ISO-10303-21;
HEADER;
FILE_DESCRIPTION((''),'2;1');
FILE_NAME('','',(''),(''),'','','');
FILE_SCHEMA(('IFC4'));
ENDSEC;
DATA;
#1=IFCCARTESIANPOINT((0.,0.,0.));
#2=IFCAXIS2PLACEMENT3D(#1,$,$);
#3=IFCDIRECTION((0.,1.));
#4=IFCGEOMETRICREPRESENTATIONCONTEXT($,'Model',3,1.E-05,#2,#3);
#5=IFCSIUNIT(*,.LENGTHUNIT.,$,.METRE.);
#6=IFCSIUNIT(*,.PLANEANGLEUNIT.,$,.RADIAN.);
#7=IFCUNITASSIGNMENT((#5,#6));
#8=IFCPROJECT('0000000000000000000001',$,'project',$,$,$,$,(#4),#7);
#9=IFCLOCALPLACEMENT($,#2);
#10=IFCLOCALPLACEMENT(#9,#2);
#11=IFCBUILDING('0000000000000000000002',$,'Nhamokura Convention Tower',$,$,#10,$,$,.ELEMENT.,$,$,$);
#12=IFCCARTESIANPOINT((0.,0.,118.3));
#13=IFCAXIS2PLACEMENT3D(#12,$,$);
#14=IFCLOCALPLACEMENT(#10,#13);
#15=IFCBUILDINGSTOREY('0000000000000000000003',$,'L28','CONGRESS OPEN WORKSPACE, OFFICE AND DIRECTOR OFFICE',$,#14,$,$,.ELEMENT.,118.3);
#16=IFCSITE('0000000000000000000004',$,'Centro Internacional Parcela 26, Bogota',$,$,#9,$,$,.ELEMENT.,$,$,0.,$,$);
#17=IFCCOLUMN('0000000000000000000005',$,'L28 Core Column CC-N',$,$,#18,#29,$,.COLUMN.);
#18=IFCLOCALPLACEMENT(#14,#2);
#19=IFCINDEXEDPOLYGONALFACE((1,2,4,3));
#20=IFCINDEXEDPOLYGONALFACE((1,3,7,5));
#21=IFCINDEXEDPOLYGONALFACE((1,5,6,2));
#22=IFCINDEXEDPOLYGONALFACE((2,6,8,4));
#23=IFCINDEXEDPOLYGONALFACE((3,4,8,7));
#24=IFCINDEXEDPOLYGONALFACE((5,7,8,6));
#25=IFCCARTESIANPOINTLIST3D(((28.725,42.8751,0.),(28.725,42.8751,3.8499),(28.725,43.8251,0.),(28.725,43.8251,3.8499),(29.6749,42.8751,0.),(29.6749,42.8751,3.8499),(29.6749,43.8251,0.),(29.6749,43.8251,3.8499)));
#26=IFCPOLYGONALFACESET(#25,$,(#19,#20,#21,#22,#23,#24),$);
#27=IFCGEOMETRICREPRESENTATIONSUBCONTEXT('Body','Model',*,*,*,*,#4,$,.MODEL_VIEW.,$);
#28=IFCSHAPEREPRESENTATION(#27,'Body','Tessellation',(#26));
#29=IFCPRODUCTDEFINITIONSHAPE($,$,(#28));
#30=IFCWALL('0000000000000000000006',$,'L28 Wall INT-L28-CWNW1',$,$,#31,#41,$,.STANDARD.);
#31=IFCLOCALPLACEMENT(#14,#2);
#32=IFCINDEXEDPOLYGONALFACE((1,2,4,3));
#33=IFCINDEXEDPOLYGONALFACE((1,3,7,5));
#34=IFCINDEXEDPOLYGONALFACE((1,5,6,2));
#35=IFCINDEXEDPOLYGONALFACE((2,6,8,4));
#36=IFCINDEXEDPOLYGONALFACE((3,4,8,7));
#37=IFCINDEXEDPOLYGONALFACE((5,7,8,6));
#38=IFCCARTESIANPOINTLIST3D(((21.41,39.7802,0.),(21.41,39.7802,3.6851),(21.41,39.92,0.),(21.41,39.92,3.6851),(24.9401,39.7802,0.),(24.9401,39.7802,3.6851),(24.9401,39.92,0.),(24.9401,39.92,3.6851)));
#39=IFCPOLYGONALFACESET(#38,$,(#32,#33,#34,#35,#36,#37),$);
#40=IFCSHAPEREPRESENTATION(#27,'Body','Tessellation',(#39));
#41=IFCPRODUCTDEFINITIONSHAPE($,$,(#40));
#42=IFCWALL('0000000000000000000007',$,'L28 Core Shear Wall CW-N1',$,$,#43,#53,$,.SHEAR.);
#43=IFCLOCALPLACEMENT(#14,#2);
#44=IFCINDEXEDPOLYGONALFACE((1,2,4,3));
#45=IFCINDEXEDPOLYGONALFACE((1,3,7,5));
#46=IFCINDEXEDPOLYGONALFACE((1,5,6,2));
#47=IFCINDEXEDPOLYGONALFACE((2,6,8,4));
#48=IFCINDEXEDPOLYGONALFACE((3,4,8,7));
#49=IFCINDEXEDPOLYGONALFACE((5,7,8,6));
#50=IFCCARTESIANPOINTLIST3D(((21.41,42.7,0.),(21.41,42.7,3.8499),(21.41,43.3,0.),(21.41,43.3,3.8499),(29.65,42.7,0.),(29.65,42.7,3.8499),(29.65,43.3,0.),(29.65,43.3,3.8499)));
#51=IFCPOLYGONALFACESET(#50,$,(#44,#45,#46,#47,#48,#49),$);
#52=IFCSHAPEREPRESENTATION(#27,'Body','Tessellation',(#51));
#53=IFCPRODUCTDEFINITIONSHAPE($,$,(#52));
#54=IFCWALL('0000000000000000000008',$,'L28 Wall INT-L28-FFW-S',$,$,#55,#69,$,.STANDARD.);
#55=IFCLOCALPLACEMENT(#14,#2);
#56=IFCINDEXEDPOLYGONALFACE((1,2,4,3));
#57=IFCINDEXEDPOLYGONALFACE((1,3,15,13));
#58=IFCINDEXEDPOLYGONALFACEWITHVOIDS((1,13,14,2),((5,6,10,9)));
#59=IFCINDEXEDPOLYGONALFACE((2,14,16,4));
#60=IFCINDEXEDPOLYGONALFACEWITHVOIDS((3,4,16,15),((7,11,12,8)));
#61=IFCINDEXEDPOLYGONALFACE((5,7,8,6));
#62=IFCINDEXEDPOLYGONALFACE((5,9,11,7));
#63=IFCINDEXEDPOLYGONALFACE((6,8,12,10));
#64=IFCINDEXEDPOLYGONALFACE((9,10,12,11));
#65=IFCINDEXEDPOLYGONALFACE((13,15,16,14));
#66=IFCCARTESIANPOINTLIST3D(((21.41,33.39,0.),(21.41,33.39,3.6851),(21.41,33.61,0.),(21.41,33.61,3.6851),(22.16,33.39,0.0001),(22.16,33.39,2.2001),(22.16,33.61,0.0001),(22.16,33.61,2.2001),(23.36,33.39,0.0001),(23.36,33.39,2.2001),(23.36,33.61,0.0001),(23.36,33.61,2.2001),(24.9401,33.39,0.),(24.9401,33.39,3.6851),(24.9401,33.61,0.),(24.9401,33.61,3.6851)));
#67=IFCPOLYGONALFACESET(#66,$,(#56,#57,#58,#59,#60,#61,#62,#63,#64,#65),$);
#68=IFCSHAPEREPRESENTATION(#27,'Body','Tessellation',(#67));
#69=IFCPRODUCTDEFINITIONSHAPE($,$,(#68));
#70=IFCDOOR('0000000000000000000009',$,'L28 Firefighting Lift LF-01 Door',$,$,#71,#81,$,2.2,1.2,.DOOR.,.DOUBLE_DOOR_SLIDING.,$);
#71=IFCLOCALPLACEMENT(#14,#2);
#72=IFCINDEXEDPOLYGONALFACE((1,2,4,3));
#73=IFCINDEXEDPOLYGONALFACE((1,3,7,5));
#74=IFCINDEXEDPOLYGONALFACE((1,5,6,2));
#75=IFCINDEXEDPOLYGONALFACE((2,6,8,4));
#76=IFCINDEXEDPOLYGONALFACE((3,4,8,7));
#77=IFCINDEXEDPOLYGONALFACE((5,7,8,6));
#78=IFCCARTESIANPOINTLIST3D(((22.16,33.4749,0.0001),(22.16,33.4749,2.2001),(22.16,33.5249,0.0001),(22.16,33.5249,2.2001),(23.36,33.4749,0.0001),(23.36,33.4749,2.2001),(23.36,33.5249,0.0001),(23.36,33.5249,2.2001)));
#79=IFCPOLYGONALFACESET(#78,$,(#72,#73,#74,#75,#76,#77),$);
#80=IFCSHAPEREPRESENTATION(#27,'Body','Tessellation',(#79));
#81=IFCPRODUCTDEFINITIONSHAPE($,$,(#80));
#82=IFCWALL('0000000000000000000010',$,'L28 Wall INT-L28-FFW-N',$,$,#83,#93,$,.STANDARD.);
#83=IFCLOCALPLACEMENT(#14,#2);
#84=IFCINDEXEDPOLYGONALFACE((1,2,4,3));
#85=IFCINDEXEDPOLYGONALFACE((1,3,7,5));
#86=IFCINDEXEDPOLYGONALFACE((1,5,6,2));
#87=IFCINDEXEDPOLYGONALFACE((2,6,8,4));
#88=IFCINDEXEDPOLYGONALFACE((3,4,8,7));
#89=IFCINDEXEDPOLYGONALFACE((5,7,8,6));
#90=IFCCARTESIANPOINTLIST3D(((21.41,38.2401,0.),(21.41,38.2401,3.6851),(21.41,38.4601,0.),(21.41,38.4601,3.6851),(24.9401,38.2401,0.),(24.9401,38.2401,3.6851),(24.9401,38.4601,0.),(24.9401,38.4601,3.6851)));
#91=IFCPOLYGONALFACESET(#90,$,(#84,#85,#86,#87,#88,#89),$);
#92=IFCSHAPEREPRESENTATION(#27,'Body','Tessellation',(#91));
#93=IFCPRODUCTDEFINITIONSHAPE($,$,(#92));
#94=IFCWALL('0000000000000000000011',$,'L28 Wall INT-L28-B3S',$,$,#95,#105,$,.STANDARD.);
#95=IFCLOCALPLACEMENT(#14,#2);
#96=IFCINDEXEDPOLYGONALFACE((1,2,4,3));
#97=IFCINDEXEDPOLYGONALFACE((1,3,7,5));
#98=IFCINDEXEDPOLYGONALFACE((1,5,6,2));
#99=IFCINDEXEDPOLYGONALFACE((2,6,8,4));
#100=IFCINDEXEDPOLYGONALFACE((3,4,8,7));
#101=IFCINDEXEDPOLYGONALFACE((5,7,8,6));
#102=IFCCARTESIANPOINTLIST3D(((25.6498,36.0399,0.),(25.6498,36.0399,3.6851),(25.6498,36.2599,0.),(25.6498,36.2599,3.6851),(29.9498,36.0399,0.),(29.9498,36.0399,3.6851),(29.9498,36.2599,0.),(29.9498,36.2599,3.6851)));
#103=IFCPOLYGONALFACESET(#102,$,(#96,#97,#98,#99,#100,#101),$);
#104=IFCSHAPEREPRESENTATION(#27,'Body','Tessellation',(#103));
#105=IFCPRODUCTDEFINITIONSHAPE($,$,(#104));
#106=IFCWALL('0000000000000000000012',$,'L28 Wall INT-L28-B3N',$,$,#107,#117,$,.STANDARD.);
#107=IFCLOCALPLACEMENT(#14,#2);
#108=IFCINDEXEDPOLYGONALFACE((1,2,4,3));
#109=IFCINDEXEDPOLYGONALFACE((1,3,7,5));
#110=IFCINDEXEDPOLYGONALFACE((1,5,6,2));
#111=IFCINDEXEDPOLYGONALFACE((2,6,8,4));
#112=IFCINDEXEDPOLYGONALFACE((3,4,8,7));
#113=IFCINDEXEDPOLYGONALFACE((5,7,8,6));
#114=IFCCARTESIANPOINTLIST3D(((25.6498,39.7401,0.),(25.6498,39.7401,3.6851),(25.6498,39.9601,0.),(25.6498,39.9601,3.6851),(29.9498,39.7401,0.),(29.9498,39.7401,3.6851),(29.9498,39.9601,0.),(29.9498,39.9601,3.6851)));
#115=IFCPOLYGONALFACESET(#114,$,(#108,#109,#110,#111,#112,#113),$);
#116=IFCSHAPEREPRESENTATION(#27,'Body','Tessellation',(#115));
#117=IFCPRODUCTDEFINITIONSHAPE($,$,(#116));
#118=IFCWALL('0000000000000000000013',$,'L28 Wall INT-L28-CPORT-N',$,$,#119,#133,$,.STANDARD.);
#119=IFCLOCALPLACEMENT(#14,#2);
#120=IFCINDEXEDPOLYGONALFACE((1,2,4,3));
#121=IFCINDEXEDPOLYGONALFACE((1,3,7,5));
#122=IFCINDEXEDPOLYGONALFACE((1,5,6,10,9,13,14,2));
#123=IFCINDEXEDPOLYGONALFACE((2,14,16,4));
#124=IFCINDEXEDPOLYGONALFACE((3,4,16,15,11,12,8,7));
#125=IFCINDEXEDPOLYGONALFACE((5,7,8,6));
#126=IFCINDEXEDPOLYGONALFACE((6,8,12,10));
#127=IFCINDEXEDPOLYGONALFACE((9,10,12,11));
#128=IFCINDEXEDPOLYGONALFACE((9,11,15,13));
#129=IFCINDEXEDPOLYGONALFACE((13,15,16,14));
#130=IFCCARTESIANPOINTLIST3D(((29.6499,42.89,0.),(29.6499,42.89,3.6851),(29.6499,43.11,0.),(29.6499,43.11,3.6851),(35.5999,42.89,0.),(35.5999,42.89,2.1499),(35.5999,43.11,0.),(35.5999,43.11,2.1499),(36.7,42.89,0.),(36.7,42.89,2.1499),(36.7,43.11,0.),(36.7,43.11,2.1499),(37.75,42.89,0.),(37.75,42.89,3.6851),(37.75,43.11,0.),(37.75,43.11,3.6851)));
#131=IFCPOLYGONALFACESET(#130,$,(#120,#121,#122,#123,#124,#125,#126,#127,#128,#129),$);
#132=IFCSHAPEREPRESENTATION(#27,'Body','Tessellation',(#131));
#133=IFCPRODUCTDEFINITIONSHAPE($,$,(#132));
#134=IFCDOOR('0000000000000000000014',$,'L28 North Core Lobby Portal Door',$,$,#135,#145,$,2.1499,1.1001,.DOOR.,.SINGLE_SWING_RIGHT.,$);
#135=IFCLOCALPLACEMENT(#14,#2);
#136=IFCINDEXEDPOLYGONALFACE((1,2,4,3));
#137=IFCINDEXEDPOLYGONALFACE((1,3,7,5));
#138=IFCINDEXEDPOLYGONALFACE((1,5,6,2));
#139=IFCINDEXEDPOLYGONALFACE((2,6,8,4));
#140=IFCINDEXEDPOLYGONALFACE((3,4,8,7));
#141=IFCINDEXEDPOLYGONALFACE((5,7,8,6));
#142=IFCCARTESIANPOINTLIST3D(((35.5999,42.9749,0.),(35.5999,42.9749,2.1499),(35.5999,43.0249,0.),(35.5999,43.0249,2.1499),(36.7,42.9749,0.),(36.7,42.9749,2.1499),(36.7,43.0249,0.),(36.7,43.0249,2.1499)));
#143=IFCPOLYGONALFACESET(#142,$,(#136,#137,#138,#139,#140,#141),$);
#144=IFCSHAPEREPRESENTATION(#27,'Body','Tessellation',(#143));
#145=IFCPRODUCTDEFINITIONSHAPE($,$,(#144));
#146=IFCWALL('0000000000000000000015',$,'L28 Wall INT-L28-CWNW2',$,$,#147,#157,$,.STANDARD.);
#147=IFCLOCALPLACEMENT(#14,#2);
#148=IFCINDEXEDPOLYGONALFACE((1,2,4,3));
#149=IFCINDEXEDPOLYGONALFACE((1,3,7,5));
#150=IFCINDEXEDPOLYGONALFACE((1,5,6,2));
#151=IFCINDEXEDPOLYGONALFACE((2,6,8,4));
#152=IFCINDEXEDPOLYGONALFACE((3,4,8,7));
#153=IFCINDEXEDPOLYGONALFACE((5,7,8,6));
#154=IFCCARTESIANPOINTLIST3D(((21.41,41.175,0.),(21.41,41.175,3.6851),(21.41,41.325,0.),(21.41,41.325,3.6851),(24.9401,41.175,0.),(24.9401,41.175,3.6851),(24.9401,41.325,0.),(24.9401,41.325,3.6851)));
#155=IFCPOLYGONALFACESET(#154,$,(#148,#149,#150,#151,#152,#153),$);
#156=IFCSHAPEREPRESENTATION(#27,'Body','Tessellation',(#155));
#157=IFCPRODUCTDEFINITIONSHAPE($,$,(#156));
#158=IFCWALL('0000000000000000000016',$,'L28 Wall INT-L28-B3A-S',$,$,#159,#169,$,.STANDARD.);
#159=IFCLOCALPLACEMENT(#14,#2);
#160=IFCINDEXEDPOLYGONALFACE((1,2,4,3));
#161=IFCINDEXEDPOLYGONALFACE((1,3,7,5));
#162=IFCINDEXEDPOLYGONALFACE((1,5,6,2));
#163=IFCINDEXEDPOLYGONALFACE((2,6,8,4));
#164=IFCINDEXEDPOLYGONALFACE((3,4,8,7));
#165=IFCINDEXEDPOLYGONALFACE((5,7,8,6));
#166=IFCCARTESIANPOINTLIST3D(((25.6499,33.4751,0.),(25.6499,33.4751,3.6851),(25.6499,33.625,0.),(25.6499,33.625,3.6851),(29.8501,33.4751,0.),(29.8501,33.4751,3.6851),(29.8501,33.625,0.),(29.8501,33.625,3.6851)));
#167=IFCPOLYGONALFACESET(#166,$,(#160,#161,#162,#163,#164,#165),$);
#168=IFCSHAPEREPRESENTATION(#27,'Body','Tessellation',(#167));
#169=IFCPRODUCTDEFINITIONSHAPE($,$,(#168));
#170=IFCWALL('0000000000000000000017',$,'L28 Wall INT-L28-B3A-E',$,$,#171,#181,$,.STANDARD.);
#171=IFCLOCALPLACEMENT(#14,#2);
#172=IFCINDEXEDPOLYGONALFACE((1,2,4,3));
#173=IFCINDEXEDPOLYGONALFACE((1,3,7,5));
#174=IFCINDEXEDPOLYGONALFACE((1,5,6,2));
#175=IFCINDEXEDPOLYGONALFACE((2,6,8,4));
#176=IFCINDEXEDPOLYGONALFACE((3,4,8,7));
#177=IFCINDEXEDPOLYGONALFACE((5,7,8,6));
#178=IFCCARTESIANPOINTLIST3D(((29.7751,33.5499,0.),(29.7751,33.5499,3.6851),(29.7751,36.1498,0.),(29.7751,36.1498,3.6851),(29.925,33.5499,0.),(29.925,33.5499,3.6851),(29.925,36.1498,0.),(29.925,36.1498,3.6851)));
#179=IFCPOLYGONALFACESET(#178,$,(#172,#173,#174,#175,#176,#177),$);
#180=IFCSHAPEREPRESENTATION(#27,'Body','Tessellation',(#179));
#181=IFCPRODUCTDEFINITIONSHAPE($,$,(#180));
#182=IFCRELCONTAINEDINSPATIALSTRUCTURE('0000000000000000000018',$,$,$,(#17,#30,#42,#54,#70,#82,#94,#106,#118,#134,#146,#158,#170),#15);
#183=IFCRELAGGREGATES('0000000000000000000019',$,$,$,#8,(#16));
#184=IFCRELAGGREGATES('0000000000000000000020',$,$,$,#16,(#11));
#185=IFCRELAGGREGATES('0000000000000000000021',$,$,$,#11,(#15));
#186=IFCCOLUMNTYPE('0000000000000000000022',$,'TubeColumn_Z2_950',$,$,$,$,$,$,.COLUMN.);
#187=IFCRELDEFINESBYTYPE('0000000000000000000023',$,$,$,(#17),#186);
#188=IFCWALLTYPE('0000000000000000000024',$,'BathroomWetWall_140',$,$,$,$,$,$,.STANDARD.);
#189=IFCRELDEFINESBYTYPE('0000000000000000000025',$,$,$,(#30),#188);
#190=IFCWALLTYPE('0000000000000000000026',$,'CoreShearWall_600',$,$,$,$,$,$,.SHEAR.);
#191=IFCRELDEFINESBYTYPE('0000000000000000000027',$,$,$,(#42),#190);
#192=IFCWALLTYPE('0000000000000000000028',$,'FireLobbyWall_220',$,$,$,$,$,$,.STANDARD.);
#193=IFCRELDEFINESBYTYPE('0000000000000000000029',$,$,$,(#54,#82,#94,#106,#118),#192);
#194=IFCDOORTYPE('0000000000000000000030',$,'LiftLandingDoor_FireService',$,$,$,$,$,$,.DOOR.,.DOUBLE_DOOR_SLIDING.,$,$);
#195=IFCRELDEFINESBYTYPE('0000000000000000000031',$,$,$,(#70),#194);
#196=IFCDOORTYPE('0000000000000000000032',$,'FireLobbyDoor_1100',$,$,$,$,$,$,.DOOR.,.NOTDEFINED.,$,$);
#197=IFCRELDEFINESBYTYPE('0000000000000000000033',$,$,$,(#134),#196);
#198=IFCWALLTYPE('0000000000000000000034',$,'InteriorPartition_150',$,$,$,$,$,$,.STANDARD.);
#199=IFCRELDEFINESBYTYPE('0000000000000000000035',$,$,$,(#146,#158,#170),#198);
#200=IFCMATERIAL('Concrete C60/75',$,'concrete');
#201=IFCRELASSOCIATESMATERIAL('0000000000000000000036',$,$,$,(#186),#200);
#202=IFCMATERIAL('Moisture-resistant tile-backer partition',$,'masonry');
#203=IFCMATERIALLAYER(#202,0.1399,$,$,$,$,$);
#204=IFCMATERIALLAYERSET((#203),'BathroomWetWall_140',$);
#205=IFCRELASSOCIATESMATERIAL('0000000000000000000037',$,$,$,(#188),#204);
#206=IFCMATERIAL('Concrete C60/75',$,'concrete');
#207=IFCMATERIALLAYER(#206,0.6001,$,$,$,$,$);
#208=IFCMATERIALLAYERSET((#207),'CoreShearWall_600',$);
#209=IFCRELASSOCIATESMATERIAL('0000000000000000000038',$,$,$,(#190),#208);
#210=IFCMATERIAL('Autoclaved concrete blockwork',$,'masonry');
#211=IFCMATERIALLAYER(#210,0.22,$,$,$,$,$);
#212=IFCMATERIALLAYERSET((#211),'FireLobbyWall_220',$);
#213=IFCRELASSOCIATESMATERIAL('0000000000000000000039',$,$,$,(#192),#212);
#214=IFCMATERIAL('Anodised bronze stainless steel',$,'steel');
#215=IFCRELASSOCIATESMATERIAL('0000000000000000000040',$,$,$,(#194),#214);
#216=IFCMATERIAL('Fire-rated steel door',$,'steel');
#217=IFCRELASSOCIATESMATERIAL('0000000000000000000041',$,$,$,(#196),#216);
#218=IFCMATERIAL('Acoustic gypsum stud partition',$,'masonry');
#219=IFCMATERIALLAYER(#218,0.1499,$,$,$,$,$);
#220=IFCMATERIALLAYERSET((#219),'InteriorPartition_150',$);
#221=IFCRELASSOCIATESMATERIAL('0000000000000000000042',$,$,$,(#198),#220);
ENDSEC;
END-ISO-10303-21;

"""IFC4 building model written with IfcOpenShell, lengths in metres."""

from ifc_helpers import new_model, si_unit, direction, frame, frame_2d, origin, origin_2d, place, context, subcontext, project, spatial, rectangle, extrude, material, layer, layer_set, material_profile, profile_set, type_object, element, fill, save


model = new_model("IFC4")

# Units and contexts
model_context = context("Model", 3, precision=1e-05, world=origin(), true_north=direction((0.0, 1.0)))
body_context = subcontext(model_context, "Body", "Model", "MODEL_VIEW")
ifc_project = project(units=[si_unit("LENGTHUNIT", "METRE"), si_unit("PLANEANGLEUNIT", "RADIAN")], contexts=[model_context])

# Site, building, storey
site_placement = place(None, origin())
site = spatial("IfcSite", under=ifc_project, at=site_placement, Name="Centro Internacional Parcela 26, Bogota", CompositionType="ELEMENT", RefElevation=0.0)
building_placement = place(site_placement, origin())
building = spatial("IfcBuilding", under=site, at=building_placement, Name="Nhamokura Convention Tower", CompositionType="ELEMENT")
storey_placement = place(building_placement, frame((0.0, 0.0, 118.3)))
storey = spatial("IfcBuildingStorey", under=building, at=storey_placement, Name="L28", Description="CONGRESS OPEN WORKSPACE, OFFICE AND DIRECTOR OFFICE", CompositionType="ELEMENT", Elevation=118.3)

# Column
ifc_material_1 = material(Name="Concrete C60/75", Category="concrete")
ifc_material_profile = material_profile(ifc_material_1, rectangle(XDim=0.95, YDim=0.95, at=origin_2d()))
ifc_profile_set = profile_set([ifc_material_profile], Name="Concrete C60/75")
column_type = type_object("IfcColumnType", Name="TubeColumn_Z2_950", PredefinedType="COLUMN", material=ifc_profile_set)
column_placement = place(storey_placement, frame((29.2, 43.3501, 0.0), z_axis=(0.0, 0.0, 1.0), x_axis=(1.0, 0.0, 0.0)))
element("IfcColumn", 1, at=column_placement, inside=storey, type_object=column_type, Name="L28 Core Column CC-N", PredefinedType="COLUMN", context=body_context, shape_type="SweptSolid", body=[
    extrude(rectangle(XDim=0.95, YDim=0.95, at=origin_2d()), origin(), (0.0, 0.0, 1.0), 3.8499),
])

# Walls
ifc_material_2 = material(Name="Moisture-resistant tile-backer partition", Category="masonry")
ifc_layer_1 = layer(ifc_material_2, 0.1399)
ifc_layer_set_1 = layer_set([ifc_layer_1], Name="BathroomWetWall_140")
wall_type_1 = type_object("IfcWallType", Name="BathroomWetWall_140", PredefinedType="STANDARD", material=ifc_layer_set_1)
wall_1_placement = place(storey_placement, frame((21.4099, 39.8501, 0.0), z_axis=(0.0, 0.0, 1.0), x_axis=(1.0, 0.0, 0.0)))
element("IfcWall", 2, at=wall_1_placement, inside=storey, type_object=wall_type_1, Name="L28 Wall INT-L28-CWNW1", PredefinedType="STANDARD", context=body_context, shape_type="SweptSolid", body=[
    extrude(rectangle(XDim=3.53, YDim=0.1399, at=frame_2d((1.7651, 0.0))), origin(), (0.0, 0.0, 1.0), 3.6851),
])
ifc_material_3 = material(Name="Concrete C60/75", Category="concrete")
ifc_layer_2 = layer(ifc_material_3, 0.6001)
ifc_layer_set_2 = layer_set([ifc_layer_2], Name="CoreShearWall_600")
wall_type_2 = type_object("IfcWallType", Name="CoreShearWall_600", PredefinedType="SHEAR", material=ifc_layer_set_2)
wall_2_placement = place(storey_placement, frame((21.4099, 43.0, 0.0), z_axis=(0.0, 0.0, 1.0), x_axis=(1.0, 0.0, 0.0)))
element("IfcWall", 3, at=wall_2_placement, inside=storey, type_object=wall_type_2, Name="L28 Core Shear Wall CW-N1", PredefinedType="SHEAR", context=body_context, shape_type="SweptSolid", body=[
    extrude(rectangle(XDim=8.24, YDim=0.6001, at=frame_2d((4.1201, 0.0))), origin(), (0.0, 0.0, 1.0), 3.8499),
])

# Wall, opening, door
ifc_material_4 = material(Name="Autoclaved concrete blockwork", Category="masonry")
ifc_layer_3 = layer(ifc_material_4, 0.22)
ifc_layer_set_3 = layer_set([ifc_layer_3], Name="FireLobbyWall_220")
wall_type_3 = type_object("IfcWallType", Name="FireLobbyWall_220", PredefinedType="STANDARD", material=ifc_layer_set_3)
wall_3_placement = place(storey_placement, frame((21.4099, 33.5, 0.0), z_axis=(0.0, 0.0, 1.0), x_axis=(1.0, 0.0, 0.0)))
wall_3 = element("IfcWall", 4, at=wall_3_placement, inside=storey, type_object=wall_type_3, Name="L28 Wall INT-L28-FFW-S", PredefinedType="STANDARD", context=body_context, shape_type="SweptSolid", body=[
    extrude(rectangle(XDim=3.53, YDim=0.22, at=frame_2d((1.7651, 0.0))), origin(), (0.0, 0.0, 1.0), 3.6851),
])
opening_1_placement = place(wall_3_placement, frame((0.75, 0.0, 0.0)))
opening_1 = element("IfcOpeningElement", 5, at=opening_1_placement, cuts=wall_3, PredefinedType="OPENING", context=body_context, shape_type="SweptSolid", body=[
    extrude(rectangle(XDim=1.2, YDim=2.2, at=frame_2d((0.6001, 1.1001))), frame((0.0, 0.1199, 0.0), z_axis=(0.0, -1.0, 0.0), x_axis=(1.0, 0.0, 0.0)), (0.0, 0.0, 1.0), 0.24),
])
ifc_material_5 = material(Name="Anodised bronze stainless steel", Category="steel")
door_type_1 = type_object("IfcDoorType", Name="LiftLandingDoor_FireService", OperationType="DOUBLE_DOOR_SLIDING", PredefinedType="DOOR", material=ifc_material_5)
door_1_placement = place(opening_1_placement, origin())
door_1 = element("IfcDoor", 6, at=door_1_placement, inside=storey, type_object=door_type_1, Name="L28 Firefighting Lift LF-01 Door", OperationType="DOUBLE_DOOR_SLIDING", OverallHeight=2.2, OverallWidth=1.2, PredefinedType="DOOR", context=body_context, shape_type="SweptSolid", body=[
    extrude(rectangle(XDim=1.2, YDim=2.2, at=frame_2d((0.6001, 1.1001))), frame((0.0, 0.0249, 0.0), z_axis=(0.0, -1.0, 0.0), x_axis=(1.0, 0.0, 0.0)), (0.0, 0.0, 1.0), 0.05),
])
fill(opening_1, door_1)

# Walls
wall_4_placement = place(storey_placement, frame((21.4099, 38.3501, 0.0), z_axis=(0.0, 0.0, 1.0), x_axis=(1.0, 0.0, 0.0)))
element("IfcWall", 7, at=wall_4_placement, inside=storey, type_object=wall_type_3, Name="L28 Wall INT-L28-FFW-N", PredefinedType="STANDARD", context=body_context, shape_type="SweptSolid", body=[
    extrude(rectangle(XDim=3.53, YDim=0.22, at=frame_2d((1.7651, 0.0))), origin(), (0.0, 0.0, 1.0), 3.6851),
])
for number, where, z_axis, x_axis, name in (
    (8, (25.6499, 36.1499, 0.0), (0.0, 0.0, 1.0), (1.0, 0.0, 0.0), "L28 Wall INT-L28-B3S"),
    (9, (25.6499, 39.8501, 0.0), (0.0, 0.0, 1.0), (1.0, 0.0, 0.0), "L28 Wall INT-L28-B3N"),
):
    element("IfcWall", number, at=place(storey_placement, frame(where, z_axis=z_axis, x_axis=x_axis)), inside=storey, type_object=wall_type_3, Name=name, PredefinedType="STANDARD", context=body_context, shape_type="SweptSolid", body=[
        extrude(rectangle(XDim=4.3, YDim=0.22, at=frame_2d((2.1499, 0.0))), origin(), (0.0, 0.0, 1.0), 3.6851),
    ])

# Wall, opening, door
wall_5_placement = place(storey_placement, frame((29.6499, 43.0, 0.0), z_axis=(0.0, 0.0, 1.0), x_axis=(1.0, 0.0, 0.0)))
wall_5 = element("IfcWall", 10, at=wall_5_placement, inside=storey, type_object=wall_type_3, Name="L28 Wall INT-L28-CPORT-N", PredefinedType="STANDARD", context=body_context, shape_type="SweptSolid", body=[
    extrude(rectangle(XDim=8.1001, YDim=0.22, at=frame_2d((4.05, 0.0))), origin(), (0.0, 0.0, 1.0), 3.6851),
])
opening_2_placement = place(wall_5_placement, frame((5.95, 0.0, 0.0)))
opening_2 = element("IfcOpeningElement", 11, at=opening_2_placement, cuts=wall_5, PredefinedType="OPENING", context=body_context, shape_type="SweptSolid", body=[
    extrude(rectangle(XDim=1.1001, YDim=2.1499, at=frame_2d((0.55, 1.075))), frame((0.0, 0.1199, 0.0), z_axis=(0.0, -1.0, 0.0), x_axis=(1.0, 0.0, 0.0)), (0.0, 0.0, 1.0), 0.24),
])
ifc_material_6 = material(Name="Fire-rated steel door", Category="steel")
door_type_2 = type_object("IfcDoorType", Name="FireLobbyDoor_1100", OperationType="NOTDEFINED", PredefinedType="DOOR", material=ifc_material_6)
door_2_placement = place(opening_2_placement, origin())
door_2 = element("IfcDoor", 12, at=door_2_placement, inside=storey, type_object=door_type_2, Name="L28 North Core Lobby Portal Door", OperationType="SINGLE_SWING_RIGHT", OverallHeight=2.1499, OverallWidth=1.1001, PredefinedType="DOOR", context=body_context, shape_type="SweptSolid", body=[
    extrude(rectangle(XDim=1.1001, YDim=2.1499, at=frame_2d((0.55, 1.075))), frame((0.0, 0.0249, 0.0), z_axis=(0.0, -1.0, 0.0), x_axis=(1.0, 0.0, 0.0)), (0.0, 0.0, 1.0), 0.05),
])
fill(opening_2, door_2)

# Walls
ifc_material_7 = material(Name="Acoustic gypsum stud partition", Category="masonry")
ifc_layer_4 = layer(ifc_material_7, 0.1499)
ifc_layer_set_4 = layer_set([ifc_layer_4], Name="InteriorPartition_150")
wall_type_4 = type_object("IfcWallType", Name="InteriorPartition_150", PredefinedType="STANDARD", material=ifc_layer_set_4)
wall_6_placement = place(storey_placement, frame((21.4099, 41.25, 0.0), z_axis=(0.0, 0.0, 1.0), x_axis=(1.0, 0.0, 0.0)))
element("IfcWall", 13, at=wall_6_placement, inside=storey, type_object=wall_type_4, Name="L28 Wall INT-L28-CWNW2", PredefinedType="STANDARD", context=body_context, shape_type="SweptSolid", body=[
    extrude(rectangle(XDim=3.53, YDim=0.1499, at=frame_2d((1.7651, 0.0))), origin(), (0.0, 0.0, 1.0), 3.6851),
])
wall_7_placement = place(storey_placement, frame((25.6499, 33.55, 0.0), z_axis=(0.0, 0.0, 1.0), x_axis=(1.0, 0.0, 0.0)))
element("IfcWall", 14, at=wall_7_placement, inside=storey, type_object=wall_type_4, Name="L28 Wall INT-L28-B3A-S", PredefinedType="STANDARD", context=body_context, shape_type="SweptSolid", body=[
    extrude(rectangle(XDim=4.2002, YDim=0.1499, at=frame_2d((2.1001, 0.0))), origin(), (0.0, 0.0, 1.0), 3.6851),
])
wall_8_placement = place(storey_placement, frame((29.8501, 33.55, 0.0), z_axis=(0.0, 0.0, 1.0), x_axis=(0.0, 1.0, 0.0)))
element("IfcWall", 15, at=wall_8_placement, inside=storey, type_object=wall_type_4, Name="L28 Wall INT-L28-B3A-E", PredefinedType="STANDARD", context=body_context, shape_type="SweptSolid", body=[
    extrude(rectangle(XDim=2.5999, YDim=0.1499, at=frame_2d((1.2998, 0.0))), origin(), (0.0, 0.0, 1.0), 3.6851),
])

save(model, "model.ifc")
